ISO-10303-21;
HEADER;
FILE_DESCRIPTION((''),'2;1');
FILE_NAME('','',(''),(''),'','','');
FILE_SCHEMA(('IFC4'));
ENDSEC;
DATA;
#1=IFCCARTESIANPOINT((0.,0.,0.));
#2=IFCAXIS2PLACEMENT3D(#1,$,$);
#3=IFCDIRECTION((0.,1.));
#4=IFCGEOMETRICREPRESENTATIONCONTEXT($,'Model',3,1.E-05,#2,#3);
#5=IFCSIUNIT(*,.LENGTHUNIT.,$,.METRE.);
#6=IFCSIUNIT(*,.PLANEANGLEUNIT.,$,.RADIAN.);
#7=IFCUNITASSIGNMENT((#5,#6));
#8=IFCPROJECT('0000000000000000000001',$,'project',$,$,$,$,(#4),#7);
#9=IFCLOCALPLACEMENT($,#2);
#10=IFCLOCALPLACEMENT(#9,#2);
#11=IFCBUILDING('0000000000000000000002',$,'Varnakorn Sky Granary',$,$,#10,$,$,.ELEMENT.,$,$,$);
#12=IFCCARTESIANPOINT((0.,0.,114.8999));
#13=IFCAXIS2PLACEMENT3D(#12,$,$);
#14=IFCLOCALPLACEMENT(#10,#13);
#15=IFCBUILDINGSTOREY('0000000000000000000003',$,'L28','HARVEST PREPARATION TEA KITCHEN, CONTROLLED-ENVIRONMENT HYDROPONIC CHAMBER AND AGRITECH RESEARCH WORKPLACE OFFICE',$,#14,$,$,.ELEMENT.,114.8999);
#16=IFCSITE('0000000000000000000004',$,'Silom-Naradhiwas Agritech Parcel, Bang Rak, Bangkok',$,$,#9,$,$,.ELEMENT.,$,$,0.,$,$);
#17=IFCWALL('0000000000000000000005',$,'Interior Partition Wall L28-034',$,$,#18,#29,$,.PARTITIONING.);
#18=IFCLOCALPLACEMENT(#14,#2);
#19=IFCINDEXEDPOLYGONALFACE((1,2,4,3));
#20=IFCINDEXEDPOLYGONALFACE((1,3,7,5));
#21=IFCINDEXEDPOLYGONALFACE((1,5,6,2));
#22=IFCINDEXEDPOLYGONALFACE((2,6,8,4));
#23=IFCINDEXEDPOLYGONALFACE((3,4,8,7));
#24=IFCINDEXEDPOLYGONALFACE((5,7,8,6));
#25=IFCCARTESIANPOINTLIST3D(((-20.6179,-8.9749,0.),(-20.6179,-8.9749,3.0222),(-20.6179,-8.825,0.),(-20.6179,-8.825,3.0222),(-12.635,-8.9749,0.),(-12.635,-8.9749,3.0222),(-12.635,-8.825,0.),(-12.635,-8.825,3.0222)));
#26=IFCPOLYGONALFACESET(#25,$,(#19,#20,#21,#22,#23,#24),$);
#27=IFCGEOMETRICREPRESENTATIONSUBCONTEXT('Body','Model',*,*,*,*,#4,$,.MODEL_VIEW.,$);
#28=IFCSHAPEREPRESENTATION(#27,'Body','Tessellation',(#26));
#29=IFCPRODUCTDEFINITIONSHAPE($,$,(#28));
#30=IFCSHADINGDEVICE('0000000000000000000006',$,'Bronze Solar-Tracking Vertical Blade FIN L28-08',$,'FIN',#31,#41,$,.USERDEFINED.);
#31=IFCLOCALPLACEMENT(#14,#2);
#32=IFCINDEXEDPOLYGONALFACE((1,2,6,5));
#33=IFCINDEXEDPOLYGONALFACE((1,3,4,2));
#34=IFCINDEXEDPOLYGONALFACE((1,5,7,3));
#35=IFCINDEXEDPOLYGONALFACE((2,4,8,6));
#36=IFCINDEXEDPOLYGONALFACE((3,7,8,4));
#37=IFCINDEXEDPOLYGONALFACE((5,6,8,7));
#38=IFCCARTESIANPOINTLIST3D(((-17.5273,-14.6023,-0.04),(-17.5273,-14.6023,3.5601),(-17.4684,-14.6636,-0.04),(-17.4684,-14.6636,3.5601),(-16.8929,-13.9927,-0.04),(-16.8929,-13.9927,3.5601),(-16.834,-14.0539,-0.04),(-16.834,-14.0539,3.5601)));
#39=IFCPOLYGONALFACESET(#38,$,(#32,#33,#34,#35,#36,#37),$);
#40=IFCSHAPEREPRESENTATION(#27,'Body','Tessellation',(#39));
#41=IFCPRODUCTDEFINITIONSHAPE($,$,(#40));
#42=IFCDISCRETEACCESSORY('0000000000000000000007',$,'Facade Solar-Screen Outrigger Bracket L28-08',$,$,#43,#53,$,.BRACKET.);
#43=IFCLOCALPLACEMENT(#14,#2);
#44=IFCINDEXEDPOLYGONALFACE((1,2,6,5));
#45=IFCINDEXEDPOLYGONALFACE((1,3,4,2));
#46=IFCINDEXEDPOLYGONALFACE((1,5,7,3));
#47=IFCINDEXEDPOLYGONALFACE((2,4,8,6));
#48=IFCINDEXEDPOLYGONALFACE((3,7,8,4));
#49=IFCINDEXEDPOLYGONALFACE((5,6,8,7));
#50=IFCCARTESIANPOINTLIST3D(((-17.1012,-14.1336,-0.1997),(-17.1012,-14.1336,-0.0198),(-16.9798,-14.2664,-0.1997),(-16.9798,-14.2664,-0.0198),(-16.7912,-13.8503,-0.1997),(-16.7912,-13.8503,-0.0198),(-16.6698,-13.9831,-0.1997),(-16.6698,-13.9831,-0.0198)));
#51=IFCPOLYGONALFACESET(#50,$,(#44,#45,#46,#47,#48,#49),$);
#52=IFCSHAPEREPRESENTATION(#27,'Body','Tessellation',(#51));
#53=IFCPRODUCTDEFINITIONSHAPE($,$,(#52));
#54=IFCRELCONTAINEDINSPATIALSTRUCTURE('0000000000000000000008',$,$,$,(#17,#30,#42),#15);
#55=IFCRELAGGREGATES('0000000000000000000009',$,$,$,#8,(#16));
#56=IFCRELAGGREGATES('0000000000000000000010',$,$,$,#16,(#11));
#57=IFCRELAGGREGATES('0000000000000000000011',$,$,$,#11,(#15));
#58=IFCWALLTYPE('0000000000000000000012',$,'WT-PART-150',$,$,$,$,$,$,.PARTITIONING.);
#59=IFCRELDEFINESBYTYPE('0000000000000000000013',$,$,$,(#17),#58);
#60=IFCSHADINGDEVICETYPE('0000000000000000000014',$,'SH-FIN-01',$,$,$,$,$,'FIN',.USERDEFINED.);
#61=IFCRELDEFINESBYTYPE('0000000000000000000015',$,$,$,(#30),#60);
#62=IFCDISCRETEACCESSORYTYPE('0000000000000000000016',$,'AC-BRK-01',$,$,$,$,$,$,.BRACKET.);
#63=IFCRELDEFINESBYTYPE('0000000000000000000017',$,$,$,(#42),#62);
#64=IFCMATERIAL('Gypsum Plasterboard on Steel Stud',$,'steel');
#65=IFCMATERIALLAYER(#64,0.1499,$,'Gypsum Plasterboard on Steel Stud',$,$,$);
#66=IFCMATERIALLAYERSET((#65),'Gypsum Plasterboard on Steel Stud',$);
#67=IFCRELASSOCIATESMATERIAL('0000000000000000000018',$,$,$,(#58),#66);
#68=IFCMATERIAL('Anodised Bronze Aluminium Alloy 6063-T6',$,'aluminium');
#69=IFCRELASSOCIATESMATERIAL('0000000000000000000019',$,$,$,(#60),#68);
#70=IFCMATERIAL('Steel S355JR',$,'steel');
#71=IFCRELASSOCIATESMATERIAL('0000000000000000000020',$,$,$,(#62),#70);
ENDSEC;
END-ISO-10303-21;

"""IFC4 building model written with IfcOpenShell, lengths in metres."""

from ifc_helpers import new_model, si_unit, direction, frame, frame_2d, origin, origin_2d, place, context, subcontext, project, spatial, rectangle, extrude, source, transform, mapped, material, layer, layer_set, type_object, type_shapes, element, save


model = new_model("IFC4")

# Units and contexts
model_context = context("Model", 3, precision=1e-05, world=origin(), true_north=direction((0.0, 1.0)))
body_context = subcontext(model_context, "Body", "Model", "MODEL_VIEW")
ifc_project = project(units=[si_unit("LENGTHUNIT", "METRE"), si_unit("PLANEANGLEUNIT", "RADIAN")], contexts=[model_context])

# Site, building, storey
site_placement = place(None, origin())
site = spatial("IfcSite", under=ifc_project, at=site_placement, Name="Silom-Naradhiwas Agritech Parcel, Bang Rak, Bangkok", CompositionType="ELEMENT", RefElevation=0.0)
building_placement = place(site_placement, origin())
building = spatial("IfcBuilding", under=site, at=building_placement, Name="Varnakorn Sky Granary", CompositionType="ELEMENT")
storey_placement = place(building_placement, frame((0.0, 0.0, 114.8999)))
storey = spatial("IfcBuildingStorey", under=building, at=storey_placement, Name="L28", Description="HARVEST PREPARATION TEA KITCHEN, CONTROLLED-ENVIRONMENT HYDROPONIC CHAMBER AND AGRITECH RESEARCH WORKPLACE OFFICE", CompositionType="ELEMENT", Elevation=114.8999)

# Shared definitions
ifc_material_1 = material(Name="Steel S355JR", Category="steel")

# Shared definitions
ifc_material_2 = material(Name="Anodised Bronze Aluminium Alloy 6063-T6", Category="aluminium")

# Wall
ifc_material_3 = material(Name="Gypsum Plasterboard on Steel Stud", Category="steel")
ifc_layer_1 = layer(ifc_material_3, 0.1499, Name="Gypsum Plasterboard on Steel Stud")
ifc_layer_set_1 = layer_set([ifc_layer_1], Name="Gypsum Plasterboard on Steel Stud")
wall_type = type_object("IfcWallType", Name="WT-PART-150", PredefinedType="PARTITIONING", material=ifc_layer_set_1)
wall_placement = place(storey_placement, frame((-20.6179, -8.8999, 0.0), z_axis=(0.0, 0.0, 1.0), x_axis=(1.0, 0.0, 0.0)))
element("IfcWall", 1, at=wall_placement, inside=storey, type_object=wall_type, Name="Interior Partition Wall L28-034", PredefinedType="PARTITIONING", context=body_context, shape_type="SweptSolid", body=[
    extrude(rectangle(XDim=7.9829, YDim=0.1499, at=frame_2d((3.9915, 0.0))), origin(), (0.0, 0.0, 1.0), 3.0222),
])

# Shading device
shading_device_type = type_object("IfcShadingDeviceType", Name="SH-FIN-01", ElementType="FIN", PredefinedType="USERDEFINED", material=ifc_material_2)
shared_shape_1 = source(origin(), body_context, "Body", "SweptSolid", [
    extrude(rectangle(XDim=0.085, YDim=0.8799, at=origin_2d()), origin(), (0.0, 0.0, 1.0), 3.6001),
])
type_shapes(shading_device_type, [shared_shape_1])
shading_device_placement = place(storey_placement, frame((-17.1807, -14.3281, -0.04), z_axis=(0.0, 0.0, 1.0), x_axis=(0.692883, -0.72105, 0.0)))
element("IfcShadingDevice", 2, at=shading_device_placement, inside=storey, type_object=shading_device_type, Name="Bronze Solar-Tracking Vertical Blade FIN L28-08", ObjectType="FIN", PredefinedType="USERDEFINED", context=body_context, shape_type="MappedRepresentation", body=[
    mapped(shared_shape_1, transform((0.0, 0.0, 0.0), x_axis=(1.0, 0.0, 0.0), y_axis=(0.0, 1.0, 0.0), z_axis=(0.0, 0.0, 1.0), scale=1.0)),
])

# Discrete accessory
discrete_accessory_type = type_object("IfcDiscreteAccessoryType", Name="AC-BRK-01", PredefinedType="BRACKET", material=ifc_material_1)
shared_shape_2 = source(origin(), body_context, "Body", "SweptSolid", [
    extrude(rectangle(XDim=0.1799, YDim=0.4199, at=origin_2d()), origin(), (0.0, 0.0, 1.0), 0.1799),
])
type_shapes(discrete_accessory_type, [shared_shape_2])
discrete_accessory_placement = place(storey_placement, frame((-16.8855, -14.0583, -0.1997), z_axis=(0.0, 0.0, 1.0), x_axis=(0.674552, -0.738227, 0.0)))
element("IfcDiscreteAccessory", 3, at=discrete_accessory_placement, inside=storey, type_object=discrete_accessory_type, Name="Facade Solar-Screen Outrigger Bracket L28-08", PredefinedType="BRACKET", context=body_context, shape_type="MappedRepresentation", body=[
    mapped(shared_shape_2, transform((0.0, 0.0, 0.0), x_axis=(1.0, 0.0, 0.0), y_axis=(0.0, 1.0, 0.0), z_axis=(0.0, 0.0, 1.0), scale=1.0)),
])

save(model, "model.ifc")
